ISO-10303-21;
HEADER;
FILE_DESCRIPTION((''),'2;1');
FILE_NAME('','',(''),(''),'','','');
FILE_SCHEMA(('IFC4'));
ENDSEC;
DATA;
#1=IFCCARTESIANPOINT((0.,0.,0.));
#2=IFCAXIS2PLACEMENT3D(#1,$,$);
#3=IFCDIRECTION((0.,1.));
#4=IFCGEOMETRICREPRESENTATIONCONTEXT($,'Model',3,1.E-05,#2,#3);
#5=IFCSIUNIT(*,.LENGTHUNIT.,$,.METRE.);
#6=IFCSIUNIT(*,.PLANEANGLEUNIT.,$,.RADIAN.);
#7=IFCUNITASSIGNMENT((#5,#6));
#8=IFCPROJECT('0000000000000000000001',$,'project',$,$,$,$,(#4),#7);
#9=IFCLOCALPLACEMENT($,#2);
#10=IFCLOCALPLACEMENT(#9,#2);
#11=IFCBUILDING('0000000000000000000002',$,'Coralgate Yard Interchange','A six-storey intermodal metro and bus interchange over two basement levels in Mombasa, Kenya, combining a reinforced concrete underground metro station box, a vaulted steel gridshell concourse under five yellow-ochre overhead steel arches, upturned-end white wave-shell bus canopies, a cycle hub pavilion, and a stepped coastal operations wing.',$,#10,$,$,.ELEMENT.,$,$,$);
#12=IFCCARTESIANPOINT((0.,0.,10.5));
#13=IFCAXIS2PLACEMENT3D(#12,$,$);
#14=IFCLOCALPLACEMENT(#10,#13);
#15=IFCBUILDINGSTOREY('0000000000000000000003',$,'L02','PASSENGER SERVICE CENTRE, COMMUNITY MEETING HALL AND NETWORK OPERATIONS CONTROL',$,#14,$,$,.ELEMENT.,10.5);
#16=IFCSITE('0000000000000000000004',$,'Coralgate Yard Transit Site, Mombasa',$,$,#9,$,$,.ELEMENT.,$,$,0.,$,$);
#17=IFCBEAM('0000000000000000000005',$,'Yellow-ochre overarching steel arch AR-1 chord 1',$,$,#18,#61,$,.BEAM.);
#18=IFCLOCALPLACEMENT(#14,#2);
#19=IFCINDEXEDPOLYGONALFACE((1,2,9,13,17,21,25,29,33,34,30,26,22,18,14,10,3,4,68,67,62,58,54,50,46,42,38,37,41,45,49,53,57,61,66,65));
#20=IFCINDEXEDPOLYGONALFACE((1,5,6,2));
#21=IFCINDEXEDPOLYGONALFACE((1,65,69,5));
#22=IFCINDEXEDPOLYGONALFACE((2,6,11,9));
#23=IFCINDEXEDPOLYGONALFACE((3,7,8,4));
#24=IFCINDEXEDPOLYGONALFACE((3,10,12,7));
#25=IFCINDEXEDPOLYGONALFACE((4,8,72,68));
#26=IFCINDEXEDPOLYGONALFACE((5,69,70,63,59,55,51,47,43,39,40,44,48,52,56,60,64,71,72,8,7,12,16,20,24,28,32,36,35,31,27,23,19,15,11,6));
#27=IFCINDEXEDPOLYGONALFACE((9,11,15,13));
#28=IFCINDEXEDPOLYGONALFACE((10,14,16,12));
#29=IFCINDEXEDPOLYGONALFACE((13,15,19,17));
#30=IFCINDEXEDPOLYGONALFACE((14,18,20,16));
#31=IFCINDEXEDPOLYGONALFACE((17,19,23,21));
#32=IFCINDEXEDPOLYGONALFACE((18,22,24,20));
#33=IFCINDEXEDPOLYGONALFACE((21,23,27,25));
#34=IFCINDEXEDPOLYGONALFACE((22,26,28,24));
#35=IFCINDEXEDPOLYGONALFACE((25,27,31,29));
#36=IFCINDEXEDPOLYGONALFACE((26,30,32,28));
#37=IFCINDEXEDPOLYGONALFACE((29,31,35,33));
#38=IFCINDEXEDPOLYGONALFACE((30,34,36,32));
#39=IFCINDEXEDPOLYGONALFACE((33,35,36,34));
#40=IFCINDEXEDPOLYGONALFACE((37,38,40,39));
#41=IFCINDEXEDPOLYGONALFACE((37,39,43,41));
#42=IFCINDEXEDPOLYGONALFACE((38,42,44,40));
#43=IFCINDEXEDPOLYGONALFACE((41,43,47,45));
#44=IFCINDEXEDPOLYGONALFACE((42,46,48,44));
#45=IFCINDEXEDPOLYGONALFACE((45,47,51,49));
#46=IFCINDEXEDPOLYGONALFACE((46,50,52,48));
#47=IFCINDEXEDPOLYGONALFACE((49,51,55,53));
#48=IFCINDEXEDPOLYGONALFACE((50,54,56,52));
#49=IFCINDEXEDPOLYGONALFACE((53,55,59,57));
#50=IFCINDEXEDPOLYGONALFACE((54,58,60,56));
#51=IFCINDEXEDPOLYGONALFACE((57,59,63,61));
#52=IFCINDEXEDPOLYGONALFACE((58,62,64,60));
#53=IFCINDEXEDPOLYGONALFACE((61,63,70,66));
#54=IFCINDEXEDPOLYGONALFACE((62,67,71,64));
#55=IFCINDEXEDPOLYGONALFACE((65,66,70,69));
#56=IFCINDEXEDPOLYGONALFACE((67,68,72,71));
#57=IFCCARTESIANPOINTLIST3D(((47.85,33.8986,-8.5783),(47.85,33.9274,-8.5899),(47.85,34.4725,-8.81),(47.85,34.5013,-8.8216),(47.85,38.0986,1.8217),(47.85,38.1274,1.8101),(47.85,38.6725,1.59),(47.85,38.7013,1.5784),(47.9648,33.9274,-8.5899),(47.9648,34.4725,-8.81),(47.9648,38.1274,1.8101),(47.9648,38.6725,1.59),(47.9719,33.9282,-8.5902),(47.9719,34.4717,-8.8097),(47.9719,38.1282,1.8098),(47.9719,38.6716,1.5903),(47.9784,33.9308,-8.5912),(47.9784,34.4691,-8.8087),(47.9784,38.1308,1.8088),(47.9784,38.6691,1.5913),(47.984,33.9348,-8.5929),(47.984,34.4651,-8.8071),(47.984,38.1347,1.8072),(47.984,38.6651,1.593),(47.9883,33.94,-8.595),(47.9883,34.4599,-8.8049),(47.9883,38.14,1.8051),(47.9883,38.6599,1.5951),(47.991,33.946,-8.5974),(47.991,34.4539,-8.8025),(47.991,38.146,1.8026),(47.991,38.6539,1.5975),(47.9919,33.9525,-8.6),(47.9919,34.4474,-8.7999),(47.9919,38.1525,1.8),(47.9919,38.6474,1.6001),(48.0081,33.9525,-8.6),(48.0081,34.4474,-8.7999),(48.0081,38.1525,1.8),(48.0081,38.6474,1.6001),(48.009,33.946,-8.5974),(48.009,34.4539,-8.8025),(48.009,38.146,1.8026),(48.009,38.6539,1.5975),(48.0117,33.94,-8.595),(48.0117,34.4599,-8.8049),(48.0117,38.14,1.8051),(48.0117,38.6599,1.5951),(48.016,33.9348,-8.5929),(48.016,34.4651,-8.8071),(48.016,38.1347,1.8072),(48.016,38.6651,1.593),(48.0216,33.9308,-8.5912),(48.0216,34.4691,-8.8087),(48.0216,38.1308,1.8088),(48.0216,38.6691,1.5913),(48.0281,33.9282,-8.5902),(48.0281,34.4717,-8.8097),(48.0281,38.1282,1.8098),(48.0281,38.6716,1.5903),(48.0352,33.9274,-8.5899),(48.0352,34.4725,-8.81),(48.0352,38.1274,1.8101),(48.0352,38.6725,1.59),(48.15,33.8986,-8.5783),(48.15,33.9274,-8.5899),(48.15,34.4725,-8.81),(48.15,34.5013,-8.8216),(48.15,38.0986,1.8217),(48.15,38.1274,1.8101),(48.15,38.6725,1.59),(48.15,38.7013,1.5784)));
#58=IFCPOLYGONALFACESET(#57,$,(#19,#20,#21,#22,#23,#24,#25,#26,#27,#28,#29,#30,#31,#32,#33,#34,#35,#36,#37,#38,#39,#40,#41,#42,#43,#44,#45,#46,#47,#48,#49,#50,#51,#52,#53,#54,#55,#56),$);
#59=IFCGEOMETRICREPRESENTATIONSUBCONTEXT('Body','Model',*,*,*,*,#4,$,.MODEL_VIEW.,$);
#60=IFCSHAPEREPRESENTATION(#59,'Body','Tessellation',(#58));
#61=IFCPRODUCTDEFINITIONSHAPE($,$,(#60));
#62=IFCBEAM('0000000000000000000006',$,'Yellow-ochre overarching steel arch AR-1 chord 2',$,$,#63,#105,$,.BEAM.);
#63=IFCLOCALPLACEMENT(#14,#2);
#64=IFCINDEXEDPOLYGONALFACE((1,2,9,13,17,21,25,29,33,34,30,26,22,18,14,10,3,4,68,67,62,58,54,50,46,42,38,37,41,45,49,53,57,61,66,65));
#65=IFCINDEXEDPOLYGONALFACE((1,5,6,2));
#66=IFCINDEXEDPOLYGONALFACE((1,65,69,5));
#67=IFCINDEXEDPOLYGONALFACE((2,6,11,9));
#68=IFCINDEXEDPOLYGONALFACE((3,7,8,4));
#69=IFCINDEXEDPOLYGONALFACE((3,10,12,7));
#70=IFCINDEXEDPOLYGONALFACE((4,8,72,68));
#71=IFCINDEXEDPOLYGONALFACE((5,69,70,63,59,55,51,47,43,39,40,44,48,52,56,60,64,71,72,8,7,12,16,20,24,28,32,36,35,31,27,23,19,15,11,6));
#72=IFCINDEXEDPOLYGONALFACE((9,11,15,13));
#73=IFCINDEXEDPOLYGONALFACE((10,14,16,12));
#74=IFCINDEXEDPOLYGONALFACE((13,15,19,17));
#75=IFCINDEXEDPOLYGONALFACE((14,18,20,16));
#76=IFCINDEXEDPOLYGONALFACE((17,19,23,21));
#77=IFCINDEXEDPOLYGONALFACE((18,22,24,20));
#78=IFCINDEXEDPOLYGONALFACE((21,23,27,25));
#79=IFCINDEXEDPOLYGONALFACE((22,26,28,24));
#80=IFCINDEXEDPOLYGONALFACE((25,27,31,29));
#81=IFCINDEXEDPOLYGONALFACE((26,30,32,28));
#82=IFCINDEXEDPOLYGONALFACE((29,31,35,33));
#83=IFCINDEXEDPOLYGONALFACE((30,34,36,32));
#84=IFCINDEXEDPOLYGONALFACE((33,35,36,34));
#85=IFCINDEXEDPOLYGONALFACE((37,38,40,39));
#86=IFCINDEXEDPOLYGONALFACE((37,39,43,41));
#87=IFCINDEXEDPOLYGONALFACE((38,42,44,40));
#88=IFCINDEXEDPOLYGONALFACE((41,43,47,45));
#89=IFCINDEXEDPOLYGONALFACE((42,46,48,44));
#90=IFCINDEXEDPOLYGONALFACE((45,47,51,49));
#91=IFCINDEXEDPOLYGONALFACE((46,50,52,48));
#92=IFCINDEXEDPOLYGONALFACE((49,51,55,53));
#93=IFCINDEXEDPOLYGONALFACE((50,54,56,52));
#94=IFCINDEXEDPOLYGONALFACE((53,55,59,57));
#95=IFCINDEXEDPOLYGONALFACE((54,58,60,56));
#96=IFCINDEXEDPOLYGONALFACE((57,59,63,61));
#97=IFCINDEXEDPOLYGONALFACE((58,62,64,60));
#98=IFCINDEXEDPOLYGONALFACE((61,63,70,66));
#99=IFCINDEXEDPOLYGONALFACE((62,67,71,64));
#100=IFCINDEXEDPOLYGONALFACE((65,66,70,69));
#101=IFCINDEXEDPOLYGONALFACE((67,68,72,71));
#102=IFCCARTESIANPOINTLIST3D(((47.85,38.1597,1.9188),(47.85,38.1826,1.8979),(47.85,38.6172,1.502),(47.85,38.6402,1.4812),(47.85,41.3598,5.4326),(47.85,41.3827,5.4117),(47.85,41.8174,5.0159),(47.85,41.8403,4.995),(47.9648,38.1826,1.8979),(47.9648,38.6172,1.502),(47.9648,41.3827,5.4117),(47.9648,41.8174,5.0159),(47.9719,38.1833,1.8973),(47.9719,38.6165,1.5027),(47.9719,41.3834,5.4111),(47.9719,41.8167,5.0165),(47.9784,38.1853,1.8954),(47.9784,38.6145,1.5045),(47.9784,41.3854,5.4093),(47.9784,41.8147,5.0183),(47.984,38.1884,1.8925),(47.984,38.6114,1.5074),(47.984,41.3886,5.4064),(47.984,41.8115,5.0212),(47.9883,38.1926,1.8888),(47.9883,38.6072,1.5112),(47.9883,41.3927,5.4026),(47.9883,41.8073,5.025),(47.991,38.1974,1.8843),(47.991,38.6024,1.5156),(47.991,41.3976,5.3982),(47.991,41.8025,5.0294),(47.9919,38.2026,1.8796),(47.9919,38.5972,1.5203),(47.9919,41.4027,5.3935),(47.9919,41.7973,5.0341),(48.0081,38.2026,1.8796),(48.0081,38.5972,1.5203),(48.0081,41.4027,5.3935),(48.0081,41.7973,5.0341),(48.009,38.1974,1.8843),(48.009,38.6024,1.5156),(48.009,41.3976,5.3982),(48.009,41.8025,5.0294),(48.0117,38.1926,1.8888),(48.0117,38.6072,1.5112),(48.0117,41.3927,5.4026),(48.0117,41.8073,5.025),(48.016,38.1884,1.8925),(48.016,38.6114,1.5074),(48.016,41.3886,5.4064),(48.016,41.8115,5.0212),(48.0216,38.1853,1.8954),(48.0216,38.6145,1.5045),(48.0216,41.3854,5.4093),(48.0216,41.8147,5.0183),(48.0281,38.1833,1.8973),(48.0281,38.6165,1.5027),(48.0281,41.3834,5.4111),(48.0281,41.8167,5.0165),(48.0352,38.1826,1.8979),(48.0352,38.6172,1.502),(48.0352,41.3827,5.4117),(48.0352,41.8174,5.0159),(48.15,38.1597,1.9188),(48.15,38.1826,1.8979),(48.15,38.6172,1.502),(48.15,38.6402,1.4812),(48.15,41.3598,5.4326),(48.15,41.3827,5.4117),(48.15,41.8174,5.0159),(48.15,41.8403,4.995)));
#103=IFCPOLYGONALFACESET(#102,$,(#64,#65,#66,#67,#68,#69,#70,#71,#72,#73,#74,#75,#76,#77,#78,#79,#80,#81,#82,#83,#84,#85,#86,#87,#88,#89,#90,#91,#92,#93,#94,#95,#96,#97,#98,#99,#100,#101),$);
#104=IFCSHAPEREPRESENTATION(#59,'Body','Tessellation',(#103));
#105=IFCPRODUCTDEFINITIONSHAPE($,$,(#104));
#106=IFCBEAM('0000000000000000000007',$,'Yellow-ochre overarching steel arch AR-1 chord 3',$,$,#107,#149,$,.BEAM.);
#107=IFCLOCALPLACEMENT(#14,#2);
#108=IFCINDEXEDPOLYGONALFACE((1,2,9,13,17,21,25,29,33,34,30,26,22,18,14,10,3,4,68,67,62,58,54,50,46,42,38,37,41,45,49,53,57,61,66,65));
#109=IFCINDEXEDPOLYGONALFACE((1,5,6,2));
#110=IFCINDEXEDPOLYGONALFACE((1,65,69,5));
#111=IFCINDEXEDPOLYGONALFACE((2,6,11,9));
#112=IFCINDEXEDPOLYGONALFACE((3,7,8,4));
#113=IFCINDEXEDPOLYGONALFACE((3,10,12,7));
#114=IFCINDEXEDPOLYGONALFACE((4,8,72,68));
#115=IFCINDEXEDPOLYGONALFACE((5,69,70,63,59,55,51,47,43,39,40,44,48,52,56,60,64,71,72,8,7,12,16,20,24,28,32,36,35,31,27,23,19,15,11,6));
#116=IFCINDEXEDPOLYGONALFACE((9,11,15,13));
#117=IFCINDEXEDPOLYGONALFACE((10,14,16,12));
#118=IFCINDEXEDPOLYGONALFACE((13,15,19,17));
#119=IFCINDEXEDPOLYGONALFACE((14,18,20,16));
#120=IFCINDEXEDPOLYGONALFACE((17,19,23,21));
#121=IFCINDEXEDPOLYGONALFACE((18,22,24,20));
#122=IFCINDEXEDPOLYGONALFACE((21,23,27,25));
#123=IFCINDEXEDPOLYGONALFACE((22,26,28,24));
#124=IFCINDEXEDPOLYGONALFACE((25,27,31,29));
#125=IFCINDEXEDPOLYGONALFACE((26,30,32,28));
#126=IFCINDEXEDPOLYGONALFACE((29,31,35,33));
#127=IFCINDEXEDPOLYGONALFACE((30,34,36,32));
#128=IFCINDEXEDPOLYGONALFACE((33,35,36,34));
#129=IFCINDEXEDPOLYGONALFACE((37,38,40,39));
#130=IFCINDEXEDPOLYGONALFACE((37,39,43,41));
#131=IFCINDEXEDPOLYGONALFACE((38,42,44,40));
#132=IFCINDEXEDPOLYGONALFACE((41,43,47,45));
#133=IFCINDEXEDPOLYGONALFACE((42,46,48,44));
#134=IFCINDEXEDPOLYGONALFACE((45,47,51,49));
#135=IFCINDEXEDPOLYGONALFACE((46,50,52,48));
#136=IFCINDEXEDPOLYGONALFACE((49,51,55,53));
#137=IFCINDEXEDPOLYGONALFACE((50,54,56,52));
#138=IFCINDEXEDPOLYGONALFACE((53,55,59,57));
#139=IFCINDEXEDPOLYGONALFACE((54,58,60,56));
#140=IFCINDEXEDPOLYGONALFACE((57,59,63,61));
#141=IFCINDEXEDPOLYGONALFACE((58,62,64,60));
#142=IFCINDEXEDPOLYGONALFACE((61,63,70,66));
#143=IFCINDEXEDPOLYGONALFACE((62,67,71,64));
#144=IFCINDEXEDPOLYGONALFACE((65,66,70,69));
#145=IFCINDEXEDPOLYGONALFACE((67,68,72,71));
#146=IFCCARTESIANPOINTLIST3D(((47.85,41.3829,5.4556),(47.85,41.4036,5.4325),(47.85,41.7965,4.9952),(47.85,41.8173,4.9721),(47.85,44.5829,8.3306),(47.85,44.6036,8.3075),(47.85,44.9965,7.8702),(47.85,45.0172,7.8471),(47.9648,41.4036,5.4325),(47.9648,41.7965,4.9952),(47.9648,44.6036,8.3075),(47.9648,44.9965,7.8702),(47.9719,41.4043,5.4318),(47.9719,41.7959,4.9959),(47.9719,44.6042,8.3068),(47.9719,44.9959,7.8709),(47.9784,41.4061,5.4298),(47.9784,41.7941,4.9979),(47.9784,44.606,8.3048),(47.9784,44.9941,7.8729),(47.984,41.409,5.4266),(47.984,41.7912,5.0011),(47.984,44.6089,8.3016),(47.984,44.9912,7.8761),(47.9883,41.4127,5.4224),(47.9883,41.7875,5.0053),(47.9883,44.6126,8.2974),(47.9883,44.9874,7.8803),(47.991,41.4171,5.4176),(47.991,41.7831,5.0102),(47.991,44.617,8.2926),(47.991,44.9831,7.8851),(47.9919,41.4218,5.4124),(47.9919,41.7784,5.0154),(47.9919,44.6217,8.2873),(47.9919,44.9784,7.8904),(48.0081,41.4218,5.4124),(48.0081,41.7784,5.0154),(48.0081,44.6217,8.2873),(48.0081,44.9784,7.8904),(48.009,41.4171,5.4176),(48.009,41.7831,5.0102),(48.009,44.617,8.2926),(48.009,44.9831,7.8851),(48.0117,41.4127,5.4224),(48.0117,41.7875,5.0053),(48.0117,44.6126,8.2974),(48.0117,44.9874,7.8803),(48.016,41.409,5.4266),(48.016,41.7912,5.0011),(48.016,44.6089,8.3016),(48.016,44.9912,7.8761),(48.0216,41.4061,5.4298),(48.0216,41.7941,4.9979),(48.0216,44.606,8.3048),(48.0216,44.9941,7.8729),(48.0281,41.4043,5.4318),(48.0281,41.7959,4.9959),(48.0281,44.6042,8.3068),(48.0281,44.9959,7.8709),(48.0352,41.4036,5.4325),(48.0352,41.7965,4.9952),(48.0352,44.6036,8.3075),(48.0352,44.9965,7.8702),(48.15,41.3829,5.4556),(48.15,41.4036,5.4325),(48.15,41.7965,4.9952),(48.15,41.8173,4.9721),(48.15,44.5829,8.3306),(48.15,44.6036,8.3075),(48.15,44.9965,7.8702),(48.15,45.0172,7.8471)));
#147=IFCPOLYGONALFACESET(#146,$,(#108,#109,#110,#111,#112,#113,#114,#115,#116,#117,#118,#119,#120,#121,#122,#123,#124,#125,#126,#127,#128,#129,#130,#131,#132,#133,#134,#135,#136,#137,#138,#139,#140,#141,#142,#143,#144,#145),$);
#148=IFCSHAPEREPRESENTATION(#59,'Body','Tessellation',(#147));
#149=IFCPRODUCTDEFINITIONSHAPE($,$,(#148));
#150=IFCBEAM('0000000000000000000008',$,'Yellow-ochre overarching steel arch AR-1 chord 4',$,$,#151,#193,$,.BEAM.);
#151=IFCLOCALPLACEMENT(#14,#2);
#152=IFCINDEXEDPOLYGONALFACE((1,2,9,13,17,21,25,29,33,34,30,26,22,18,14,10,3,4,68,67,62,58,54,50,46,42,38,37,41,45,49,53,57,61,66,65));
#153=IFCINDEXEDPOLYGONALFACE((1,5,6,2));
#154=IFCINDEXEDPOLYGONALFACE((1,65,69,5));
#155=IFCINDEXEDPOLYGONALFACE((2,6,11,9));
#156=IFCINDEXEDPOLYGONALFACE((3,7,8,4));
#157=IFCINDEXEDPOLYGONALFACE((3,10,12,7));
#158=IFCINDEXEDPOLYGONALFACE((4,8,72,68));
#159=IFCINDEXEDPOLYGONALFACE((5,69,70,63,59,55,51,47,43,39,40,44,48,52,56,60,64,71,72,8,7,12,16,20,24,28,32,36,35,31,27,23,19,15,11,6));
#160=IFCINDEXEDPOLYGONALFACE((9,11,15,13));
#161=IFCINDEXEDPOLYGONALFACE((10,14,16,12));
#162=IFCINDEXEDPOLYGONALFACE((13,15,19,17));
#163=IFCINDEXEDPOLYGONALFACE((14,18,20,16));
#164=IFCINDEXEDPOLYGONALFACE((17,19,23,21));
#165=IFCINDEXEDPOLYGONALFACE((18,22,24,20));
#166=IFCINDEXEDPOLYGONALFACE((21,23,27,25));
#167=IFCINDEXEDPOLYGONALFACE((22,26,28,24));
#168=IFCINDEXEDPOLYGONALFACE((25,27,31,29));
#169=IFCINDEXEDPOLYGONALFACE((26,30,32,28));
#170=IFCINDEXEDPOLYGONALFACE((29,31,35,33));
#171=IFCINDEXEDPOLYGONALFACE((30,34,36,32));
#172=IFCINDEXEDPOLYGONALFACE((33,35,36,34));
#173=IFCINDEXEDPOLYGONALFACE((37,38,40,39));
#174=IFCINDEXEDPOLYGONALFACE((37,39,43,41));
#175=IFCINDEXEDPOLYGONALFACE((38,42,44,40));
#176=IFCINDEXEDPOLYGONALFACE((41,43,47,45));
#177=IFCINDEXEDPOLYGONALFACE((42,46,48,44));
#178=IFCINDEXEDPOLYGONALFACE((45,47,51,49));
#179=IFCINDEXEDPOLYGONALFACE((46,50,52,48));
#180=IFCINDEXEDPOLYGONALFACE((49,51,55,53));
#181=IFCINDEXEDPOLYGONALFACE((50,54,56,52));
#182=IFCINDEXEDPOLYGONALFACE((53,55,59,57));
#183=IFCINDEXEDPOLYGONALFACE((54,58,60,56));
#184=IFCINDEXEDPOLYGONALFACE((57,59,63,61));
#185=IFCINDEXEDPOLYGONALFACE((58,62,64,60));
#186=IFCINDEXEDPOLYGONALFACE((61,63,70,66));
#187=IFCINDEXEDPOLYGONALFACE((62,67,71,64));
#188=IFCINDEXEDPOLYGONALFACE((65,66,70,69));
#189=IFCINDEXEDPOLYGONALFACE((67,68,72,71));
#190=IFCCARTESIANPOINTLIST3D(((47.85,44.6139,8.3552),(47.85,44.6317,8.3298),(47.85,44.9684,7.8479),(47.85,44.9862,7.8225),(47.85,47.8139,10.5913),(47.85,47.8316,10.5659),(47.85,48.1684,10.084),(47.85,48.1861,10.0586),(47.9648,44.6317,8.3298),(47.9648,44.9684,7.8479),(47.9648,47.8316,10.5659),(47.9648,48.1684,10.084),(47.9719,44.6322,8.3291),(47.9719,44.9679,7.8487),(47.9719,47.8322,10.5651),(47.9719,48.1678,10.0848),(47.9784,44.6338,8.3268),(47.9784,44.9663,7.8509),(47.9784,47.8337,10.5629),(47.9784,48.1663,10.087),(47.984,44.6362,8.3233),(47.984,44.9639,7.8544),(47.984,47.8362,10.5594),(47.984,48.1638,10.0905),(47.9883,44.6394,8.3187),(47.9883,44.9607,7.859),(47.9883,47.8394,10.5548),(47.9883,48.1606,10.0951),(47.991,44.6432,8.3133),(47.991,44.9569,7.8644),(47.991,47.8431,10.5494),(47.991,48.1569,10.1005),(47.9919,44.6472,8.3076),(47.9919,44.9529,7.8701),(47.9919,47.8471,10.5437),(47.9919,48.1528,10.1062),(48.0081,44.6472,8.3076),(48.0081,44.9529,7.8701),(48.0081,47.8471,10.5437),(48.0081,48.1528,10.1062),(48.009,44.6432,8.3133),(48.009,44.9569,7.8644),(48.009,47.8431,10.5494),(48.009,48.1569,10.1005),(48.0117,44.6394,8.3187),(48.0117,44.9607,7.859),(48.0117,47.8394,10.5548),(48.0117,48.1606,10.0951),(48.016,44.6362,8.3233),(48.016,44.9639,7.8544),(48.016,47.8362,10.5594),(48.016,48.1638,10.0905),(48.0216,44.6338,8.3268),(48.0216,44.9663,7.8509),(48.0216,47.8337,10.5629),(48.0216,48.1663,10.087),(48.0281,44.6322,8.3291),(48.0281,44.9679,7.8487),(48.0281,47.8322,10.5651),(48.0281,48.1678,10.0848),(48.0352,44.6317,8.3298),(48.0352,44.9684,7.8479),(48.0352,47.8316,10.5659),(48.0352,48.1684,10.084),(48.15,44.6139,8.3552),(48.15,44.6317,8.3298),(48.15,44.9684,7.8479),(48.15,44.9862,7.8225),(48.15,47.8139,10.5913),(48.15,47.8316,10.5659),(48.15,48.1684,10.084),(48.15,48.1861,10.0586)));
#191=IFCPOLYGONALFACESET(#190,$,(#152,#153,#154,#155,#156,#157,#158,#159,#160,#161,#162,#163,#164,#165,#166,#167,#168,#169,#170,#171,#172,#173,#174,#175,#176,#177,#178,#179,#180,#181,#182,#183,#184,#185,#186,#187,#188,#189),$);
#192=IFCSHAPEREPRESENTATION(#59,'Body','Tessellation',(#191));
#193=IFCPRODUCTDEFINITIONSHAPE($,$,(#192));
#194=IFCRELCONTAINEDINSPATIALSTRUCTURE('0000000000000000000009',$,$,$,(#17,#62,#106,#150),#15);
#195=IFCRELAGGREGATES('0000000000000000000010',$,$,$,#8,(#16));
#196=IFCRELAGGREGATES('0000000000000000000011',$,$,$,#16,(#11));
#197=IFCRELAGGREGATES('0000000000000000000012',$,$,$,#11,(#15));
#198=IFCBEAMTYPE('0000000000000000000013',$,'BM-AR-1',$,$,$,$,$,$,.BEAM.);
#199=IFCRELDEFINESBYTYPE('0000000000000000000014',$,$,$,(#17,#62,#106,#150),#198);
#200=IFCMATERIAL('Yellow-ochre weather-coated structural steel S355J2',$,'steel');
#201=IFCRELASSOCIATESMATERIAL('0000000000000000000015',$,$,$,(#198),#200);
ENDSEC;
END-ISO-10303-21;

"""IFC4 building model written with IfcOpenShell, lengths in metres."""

from ifc_helpers import new_model, si_unit, direction, frame, origin, origin_2d, place, context, subcontext, project, spatial, i_section, extrude, material, material_profile, profile_set, type_object, element, save


model = new_model("IFC4")

# Units and contexts
model_context = context("Model", 3, precision=1e-05, world=origin(), true_north=direction((0.0, 1.0)))
body_context = subcontext(model_context, "Body", "Model", "MODEL_VIEW")
ifc_project = project(units=[si_unit("LENGTHUNIT", "METRE"), si_unit("PLANEANGLEUNIT", "RADIAN")], contexts=[model_context])

# Site, building, storey
site_placement = place(None, origin())
site = spatial("IfcSite", under=ifc_project, at=site_placement, Name="Coralgate Yard Transit Site, Mombasa", CompositionType="ELEMENT", RefElevation=0.0)
building_placement = place(site_placement, origin())
building = spatial("IfcBuilding", under=site, at=building_placement, Name="Coralgate Yard Interchange", Description="A six-storey intermodal metro and bus interchange over two basement levels in Mombasa, Kenya, combining a reinforced concrete underground metro station box, a vaulted steel gridshell concourse under five yellow-ochre overhead steel arches, upturned-end white wave-shell bus canopies, a cycle hub pavilion, and a stepped coastal operations wing.", CompositionType="ELEMENT")
storey_placement = place(building_placement, frame((0.0, 0.0, 10.5)))
storey = spatial("IfcBuildingStorey", under=building, at=storey_placement, Name="L02", Description="PASSENGER SERVICE CENTRE, COMMUNITY MEETING HALL AND NETWORK OPERATIONS CONTROL", CompositionType="ELEMENT", Elevation=10.5)

# Beams
ifc_material_1 = material(Name="Yellow-ochre weather-coated structural steel S355J2", Category="steel")
ifc_material_profile_1 = material_profile(ifc_material_1, i_section(OverallWidth=0.3, OverallDepth=0.6499, WebThickness=0.0161, FlangeThickness=0.031, FilletRadius=0.0271, at=origin_2d()), Name="HEB 650")
ifc_profile_set_1 = profile_set([ifc_material_profile_1], Name="Yellow-ochre weather-coated structural steel S355J2")
beam_type_1 = type_object("IfcBeamType", Name="BM-AR-1", PredefinedType="BEAM", material=ifc_profile_set_1)
beam_1_placement = place(storey_placement, frame((48.0, 34.2, -8.7), z_axis=(0.0, 0.374462, 0.927242), x_axis=(-1.0, 0.0, 0.0)))
element("IfcBeam", 1, at=beam_1_placement, inside=storey, type_object=beam_type_1, Name="Yellow-ochre overarching steel arch AR-1 chord 1", PredefinedType="BEAM", context=body_context, shape_type="SweptSolid", body=[
    extrude(i_section(OverallWidth=0.3, OverallDepth=0.6499, WebThickness=0.0161, FlangeThickness=0.031, FilletRadius=0.0271, at=origin_2d()), origin(), (0.0, 0.0, 1.0), 11.2161),
])
beam_2_placement = place(storey_placement, frame((48.0, 38.3999, 1.7), z_axis=(0.0, 0.673332, 0.73934), x_axis=(-1.0, 0.0, 0.0)))
element("IfcBeam", 2, at=beam_2_placement, inside=storey, type_object=beam_type_1, Name="Yellow-ochre overarching steel arch AR-1 chord 2", PredefinedType="BEAM", context=body_context, shape_type="SweptSolid", body=[
    extrude(i_section(OverallWidth=0.3, OverallDepth=0.6499, WebThickness=0.0161, FlangeThickness=0.031, FilletRadius=0.0271, at=origin_2d()), origin(), (0.0, 0.0, 1.0), 4.7527),
])
beam_3_placement = place(storey_placement, frame((48.0, 41.6001, 5.2139), z_axis=(0.0, 0.743867, 0.668328), x_axis=(-1.0, 0.0, 0.0)))
element("IfcBeam", 3, at=beam_3_placement, inside=storey, type_object=beam_type_1, Name="Yellow-ochre overarching steel arch AR-1 chord 3", PredefinedType="BEAM", context=body_context, shape_type="SweptSolid", body=[
    extrude(i_section(OverallWidth=0.3, OverallDepth=0.6499, WebThickness=0.0161, FlangeThickness=0.031, FilletRadius=0.0271, at=origin_2d()), origin(), (0.0, 0.0, 1.0), 4.3018),
])
beam_4_placement = place(storey_placement, frame((48.0, 44.8, 8.0889), z_axis=(0.0, 0.819699, 0.572795), x_axis=(-1.0, 0.0, 0.0)))
element("IfcBeam", 4, at=beam_4_placement, inside=storey, type_object=beam_type_1, Name="Yellow-ochre overarching steel arch AR-1 chord 4", PredefinedType="BEAM", context=body_context, shape_type="SweptSolid", body=[
    extrude(i_section(OverallWidth=0.3, OverallDepth=0.6499, WebThickness=0.0161, FlangeThickness=0.031, FilletRadius=0.0271, at=origin_2d()), origin(), (0.0, 0.0, 1.0), 3.9038),
])

save(model, "model.ifc")
